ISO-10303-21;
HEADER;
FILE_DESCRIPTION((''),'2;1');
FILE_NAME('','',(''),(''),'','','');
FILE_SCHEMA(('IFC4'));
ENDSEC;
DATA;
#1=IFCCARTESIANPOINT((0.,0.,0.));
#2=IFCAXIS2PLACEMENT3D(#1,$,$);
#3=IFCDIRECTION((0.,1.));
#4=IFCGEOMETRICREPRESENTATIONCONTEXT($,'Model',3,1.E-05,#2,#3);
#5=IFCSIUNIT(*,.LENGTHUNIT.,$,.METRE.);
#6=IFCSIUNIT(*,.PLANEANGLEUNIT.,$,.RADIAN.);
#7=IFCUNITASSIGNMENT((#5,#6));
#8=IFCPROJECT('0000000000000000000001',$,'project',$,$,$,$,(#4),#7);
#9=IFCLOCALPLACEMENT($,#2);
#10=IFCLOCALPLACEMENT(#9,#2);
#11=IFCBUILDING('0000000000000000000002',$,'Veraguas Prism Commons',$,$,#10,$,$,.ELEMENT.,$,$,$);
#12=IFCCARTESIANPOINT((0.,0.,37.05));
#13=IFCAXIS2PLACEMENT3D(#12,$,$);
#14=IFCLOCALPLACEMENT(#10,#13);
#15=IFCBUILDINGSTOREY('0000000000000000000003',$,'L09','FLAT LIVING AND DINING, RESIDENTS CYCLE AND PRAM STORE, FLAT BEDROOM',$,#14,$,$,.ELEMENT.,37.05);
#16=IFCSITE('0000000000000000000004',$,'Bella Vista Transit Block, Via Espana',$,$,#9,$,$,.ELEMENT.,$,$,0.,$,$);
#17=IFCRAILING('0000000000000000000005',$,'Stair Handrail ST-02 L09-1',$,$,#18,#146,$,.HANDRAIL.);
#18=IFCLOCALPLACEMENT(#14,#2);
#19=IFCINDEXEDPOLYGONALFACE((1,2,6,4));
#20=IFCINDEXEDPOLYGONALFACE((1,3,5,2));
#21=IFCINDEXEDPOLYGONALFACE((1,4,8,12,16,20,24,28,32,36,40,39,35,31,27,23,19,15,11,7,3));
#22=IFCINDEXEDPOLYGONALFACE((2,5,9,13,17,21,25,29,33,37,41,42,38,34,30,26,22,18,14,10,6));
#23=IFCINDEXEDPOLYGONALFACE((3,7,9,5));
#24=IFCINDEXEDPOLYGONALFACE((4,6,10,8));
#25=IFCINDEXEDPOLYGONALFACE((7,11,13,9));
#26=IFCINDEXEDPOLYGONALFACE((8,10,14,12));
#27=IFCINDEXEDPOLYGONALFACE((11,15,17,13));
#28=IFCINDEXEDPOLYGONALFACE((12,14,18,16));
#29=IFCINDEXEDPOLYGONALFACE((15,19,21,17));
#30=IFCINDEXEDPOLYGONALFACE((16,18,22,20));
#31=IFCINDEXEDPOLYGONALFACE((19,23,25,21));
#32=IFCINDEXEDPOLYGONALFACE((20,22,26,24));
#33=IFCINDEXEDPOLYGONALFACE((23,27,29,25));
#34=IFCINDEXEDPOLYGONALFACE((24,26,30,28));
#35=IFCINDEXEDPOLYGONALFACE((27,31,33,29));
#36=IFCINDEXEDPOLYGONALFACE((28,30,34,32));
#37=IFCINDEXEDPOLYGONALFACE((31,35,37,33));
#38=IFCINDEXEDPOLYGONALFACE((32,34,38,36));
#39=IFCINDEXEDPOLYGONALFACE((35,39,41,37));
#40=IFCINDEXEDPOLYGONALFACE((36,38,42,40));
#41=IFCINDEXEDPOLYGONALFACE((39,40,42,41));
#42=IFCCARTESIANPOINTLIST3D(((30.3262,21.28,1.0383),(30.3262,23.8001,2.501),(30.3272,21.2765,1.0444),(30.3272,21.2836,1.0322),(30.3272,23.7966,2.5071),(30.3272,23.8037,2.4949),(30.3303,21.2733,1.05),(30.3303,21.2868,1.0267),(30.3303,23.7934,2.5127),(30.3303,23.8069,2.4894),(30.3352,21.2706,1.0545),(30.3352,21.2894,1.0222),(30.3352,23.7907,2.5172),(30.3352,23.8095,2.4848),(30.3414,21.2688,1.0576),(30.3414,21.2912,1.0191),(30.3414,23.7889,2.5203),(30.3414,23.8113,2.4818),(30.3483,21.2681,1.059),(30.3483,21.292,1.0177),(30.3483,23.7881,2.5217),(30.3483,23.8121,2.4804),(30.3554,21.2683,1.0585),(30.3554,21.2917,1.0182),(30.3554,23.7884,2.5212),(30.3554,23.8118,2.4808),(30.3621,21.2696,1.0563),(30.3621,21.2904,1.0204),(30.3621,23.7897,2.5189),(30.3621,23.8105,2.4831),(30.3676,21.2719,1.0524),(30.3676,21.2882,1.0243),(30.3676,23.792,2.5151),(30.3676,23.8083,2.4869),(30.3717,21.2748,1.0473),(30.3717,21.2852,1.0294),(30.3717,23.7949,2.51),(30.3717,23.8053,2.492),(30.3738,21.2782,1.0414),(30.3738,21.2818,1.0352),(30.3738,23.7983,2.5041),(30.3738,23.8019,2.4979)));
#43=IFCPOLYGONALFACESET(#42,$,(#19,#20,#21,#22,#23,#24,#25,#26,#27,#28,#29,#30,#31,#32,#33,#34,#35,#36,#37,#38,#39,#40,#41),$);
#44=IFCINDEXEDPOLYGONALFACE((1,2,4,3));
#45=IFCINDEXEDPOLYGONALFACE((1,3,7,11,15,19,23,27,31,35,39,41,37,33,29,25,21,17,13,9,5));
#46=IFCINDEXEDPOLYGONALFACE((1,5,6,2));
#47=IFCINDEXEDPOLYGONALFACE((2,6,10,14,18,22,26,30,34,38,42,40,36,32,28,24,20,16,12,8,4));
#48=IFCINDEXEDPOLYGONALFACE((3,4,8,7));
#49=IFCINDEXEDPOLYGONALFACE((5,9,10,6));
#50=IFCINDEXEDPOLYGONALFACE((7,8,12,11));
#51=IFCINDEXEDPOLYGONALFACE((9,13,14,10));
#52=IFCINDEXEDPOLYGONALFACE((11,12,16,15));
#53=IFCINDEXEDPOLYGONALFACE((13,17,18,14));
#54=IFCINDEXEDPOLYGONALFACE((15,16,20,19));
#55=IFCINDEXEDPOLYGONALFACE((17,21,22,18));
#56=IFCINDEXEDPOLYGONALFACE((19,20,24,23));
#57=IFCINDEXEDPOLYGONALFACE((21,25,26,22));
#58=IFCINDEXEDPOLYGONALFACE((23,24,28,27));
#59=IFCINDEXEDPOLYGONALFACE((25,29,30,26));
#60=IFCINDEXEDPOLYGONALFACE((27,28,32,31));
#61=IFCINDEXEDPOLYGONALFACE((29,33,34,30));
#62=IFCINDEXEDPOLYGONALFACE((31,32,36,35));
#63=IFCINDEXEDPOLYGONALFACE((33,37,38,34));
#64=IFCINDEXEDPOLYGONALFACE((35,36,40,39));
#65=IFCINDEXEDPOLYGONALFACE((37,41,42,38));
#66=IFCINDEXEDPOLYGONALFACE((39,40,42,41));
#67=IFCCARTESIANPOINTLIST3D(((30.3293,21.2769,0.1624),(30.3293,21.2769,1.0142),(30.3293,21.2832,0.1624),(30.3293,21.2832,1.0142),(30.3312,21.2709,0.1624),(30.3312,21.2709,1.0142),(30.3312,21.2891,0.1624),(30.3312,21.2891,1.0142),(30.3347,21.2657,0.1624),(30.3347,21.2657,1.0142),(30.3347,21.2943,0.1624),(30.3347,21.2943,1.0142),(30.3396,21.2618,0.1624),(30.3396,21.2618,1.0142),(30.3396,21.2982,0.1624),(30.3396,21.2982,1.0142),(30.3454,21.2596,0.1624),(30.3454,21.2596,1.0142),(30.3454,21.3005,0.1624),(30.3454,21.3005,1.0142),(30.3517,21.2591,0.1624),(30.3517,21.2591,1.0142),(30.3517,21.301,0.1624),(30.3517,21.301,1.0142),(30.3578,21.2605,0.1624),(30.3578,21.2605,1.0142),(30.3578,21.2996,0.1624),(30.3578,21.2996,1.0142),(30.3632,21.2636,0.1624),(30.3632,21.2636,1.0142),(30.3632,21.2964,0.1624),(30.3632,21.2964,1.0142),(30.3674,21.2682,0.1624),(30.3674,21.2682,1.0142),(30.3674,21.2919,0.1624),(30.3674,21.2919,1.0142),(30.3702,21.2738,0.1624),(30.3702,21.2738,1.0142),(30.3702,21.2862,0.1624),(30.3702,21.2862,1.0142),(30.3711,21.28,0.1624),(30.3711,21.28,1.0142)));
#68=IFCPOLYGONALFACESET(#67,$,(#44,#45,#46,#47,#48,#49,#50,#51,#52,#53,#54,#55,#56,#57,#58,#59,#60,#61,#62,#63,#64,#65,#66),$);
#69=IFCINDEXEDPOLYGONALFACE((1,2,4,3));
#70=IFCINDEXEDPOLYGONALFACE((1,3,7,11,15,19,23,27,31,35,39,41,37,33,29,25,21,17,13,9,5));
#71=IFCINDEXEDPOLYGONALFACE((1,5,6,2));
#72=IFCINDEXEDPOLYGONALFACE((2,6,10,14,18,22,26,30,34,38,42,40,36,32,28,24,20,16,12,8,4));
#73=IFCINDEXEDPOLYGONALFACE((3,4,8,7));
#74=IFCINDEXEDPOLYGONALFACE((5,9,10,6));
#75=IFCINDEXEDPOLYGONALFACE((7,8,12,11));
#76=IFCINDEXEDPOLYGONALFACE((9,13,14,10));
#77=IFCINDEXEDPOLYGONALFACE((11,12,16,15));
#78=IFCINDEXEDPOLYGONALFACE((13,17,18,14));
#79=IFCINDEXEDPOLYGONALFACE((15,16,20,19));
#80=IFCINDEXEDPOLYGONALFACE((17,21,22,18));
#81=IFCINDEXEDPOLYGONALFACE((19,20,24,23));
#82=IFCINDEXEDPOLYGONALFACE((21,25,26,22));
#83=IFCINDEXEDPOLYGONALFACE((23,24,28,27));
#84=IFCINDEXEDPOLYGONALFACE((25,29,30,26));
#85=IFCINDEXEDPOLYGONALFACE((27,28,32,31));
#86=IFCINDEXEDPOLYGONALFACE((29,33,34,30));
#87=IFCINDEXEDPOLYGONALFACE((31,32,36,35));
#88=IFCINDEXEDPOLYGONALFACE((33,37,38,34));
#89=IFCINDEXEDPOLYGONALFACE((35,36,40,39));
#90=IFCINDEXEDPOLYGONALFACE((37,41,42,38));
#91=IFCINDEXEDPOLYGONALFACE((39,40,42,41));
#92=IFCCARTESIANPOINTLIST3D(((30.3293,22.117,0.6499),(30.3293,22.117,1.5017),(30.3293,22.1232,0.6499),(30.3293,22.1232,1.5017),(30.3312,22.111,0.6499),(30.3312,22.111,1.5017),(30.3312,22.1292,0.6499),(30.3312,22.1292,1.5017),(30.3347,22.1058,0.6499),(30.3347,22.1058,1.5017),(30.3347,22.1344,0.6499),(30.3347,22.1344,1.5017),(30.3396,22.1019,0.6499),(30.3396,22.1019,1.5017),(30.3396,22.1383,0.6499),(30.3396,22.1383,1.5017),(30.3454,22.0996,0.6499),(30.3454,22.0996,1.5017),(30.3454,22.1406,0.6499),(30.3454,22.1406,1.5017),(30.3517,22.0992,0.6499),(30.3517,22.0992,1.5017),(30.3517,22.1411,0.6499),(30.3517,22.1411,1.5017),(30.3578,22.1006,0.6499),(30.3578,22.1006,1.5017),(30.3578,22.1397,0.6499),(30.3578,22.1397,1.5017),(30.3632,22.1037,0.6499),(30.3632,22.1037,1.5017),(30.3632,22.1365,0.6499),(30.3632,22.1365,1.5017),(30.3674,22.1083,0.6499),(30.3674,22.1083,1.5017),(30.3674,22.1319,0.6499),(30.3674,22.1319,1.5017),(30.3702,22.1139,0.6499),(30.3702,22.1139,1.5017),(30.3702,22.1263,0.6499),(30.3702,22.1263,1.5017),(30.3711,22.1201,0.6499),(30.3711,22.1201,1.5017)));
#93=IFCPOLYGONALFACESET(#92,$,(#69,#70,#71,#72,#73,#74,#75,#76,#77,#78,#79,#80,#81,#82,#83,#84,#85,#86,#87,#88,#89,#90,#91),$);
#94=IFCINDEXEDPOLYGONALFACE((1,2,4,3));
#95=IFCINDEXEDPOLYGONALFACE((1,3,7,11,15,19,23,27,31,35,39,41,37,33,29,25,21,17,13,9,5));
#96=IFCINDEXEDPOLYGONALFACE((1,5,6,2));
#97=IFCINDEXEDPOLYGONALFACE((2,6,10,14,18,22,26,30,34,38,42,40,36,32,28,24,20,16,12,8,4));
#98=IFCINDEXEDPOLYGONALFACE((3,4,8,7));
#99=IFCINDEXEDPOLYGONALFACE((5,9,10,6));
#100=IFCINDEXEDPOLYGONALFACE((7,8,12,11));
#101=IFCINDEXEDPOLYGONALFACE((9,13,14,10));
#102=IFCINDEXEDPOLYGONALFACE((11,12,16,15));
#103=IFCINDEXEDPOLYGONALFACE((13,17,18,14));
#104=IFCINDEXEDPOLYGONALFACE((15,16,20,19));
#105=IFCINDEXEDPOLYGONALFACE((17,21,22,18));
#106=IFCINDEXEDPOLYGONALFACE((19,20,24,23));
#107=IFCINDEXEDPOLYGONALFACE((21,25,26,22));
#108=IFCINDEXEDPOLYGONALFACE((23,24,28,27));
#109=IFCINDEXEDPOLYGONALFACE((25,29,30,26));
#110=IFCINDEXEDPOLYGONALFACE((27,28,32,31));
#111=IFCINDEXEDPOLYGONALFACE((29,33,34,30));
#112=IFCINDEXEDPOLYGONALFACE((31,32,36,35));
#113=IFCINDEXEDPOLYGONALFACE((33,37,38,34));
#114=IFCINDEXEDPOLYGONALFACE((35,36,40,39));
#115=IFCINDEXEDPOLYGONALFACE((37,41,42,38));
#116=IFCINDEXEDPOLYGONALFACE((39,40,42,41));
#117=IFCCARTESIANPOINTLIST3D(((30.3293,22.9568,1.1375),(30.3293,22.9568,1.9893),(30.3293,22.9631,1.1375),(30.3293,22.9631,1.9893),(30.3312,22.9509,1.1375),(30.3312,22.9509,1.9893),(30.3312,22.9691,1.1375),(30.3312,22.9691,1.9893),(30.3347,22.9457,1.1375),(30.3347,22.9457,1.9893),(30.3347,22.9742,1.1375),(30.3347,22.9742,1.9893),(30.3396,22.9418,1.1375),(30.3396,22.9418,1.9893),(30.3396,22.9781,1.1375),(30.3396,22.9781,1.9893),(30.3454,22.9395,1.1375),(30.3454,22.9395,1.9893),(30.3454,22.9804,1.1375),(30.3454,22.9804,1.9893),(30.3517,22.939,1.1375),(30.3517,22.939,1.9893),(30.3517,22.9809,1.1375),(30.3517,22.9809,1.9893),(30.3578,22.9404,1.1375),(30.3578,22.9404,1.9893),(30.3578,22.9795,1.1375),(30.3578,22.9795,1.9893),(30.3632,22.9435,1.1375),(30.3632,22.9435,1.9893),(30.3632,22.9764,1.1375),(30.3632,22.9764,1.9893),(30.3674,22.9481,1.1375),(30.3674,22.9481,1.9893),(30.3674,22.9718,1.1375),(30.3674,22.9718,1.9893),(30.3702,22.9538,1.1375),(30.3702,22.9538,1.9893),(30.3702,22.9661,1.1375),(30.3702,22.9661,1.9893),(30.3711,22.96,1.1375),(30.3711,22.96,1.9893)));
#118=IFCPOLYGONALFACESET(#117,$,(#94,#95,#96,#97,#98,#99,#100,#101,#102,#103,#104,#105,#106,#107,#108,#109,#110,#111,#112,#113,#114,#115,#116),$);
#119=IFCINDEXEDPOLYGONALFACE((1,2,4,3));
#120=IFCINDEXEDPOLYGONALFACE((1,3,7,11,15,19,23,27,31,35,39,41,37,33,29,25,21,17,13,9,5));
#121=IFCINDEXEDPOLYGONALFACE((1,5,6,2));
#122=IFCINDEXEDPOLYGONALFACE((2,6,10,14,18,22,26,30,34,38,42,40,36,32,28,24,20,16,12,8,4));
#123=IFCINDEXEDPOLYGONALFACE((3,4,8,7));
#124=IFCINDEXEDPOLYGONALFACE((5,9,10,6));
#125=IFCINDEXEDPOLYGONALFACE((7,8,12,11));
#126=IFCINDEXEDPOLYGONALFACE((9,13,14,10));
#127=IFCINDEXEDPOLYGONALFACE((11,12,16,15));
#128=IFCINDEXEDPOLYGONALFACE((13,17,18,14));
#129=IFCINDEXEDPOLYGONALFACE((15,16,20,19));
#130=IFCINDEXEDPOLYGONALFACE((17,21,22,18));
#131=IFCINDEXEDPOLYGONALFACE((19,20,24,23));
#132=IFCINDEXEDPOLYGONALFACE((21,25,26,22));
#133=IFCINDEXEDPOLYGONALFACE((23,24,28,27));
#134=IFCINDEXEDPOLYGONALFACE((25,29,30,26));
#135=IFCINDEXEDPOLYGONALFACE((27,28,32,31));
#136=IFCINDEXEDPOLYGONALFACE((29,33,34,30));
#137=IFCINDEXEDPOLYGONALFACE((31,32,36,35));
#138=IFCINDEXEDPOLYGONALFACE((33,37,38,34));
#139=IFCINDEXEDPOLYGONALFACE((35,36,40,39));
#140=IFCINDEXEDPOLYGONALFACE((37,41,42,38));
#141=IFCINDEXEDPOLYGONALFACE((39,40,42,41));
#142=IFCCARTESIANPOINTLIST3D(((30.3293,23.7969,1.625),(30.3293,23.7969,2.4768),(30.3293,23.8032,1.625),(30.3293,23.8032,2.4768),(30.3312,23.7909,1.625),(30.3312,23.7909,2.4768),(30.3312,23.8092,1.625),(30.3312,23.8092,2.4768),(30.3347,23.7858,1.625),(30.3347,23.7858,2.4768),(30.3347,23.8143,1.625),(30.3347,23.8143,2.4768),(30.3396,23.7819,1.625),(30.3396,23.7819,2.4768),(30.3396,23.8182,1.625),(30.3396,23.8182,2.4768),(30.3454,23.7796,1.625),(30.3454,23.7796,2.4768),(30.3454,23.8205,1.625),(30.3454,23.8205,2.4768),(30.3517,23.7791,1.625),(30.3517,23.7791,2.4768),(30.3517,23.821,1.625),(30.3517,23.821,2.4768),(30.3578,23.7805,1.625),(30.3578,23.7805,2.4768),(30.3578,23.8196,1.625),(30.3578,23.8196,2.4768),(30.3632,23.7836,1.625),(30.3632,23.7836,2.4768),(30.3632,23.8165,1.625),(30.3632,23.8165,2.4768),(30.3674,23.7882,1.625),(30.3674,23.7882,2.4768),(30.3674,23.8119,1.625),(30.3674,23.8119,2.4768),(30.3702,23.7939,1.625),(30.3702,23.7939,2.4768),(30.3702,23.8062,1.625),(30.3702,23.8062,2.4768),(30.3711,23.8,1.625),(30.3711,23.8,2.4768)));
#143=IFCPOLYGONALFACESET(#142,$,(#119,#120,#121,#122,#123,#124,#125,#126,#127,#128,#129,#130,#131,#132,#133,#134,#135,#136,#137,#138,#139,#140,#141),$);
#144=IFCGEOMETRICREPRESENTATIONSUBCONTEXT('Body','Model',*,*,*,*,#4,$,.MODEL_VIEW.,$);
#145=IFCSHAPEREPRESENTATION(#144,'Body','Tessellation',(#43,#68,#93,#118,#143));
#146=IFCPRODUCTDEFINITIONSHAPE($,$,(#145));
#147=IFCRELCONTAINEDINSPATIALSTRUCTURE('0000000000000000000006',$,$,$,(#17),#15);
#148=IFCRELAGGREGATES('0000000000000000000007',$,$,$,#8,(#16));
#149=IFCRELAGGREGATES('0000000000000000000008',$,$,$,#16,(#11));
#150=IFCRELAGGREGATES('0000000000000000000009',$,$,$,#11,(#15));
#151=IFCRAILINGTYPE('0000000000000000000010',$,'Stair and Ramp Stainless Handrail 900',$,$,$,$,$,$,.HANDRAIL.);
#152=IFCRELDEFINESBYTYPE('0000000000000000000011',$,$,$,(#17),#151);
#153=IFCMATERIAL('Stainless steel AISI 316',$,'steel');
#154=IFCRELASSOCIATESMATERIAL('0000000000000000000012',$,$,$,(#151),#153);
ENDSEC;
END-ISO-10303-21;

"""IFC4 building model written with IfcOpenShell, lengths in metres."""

from ifc_helpers import new_model, si_unit, direction, frame, origin, origin_2d, place, context, subcontext, project, spatial, circle, extrude, material, type_object, element, save


model = new_model("IFC4")

# Units and contexts
model_context = context("Model", 3, precision=1e-05, world=origin(), true_north=direction((0.0, 1.0)))
body_context = subcontext(model_context, "Body", "Model", "MODEL_VIEW")
ifc_project = project(units=[si_unit("LENGTHUNIT", "METRE"), si_unit("PLANEANGLEUNIT", "RADIAN")], contexts=[model_context])

# Site, building, storey
site_placement = place(None, origin())
site = spatial("IfcSite", under=ifc_project, at=site_placement, Name="Bella Vista Transit Block, Via Espana", CompositionType="ELEMENT", RefElevation=0.0)
building_placement = place(site_placement, origin())
building = spatial("IfcBuilding", under=site, at=building_placement, Name="Veraguas Prism Commons", CompositionType="ELEMENT")
storey_placement = place(building_placement, frame((0.0, 0.0, 37.05)))
storey = spatial("IfcBuildingStorey", under=building, at=storey_placement, Name="L09", Description="FLAT LIVING AND DINING, RESIDENTS CYCLE AND PRAM STORE, FLAT BEDROOM", CompositionType="ELEMENT", Elevation=37.05)

# Shared definitions
ifc_material_1 = material(Name="Stainless steel AISI 316", Category="steel")

# Railing
railing_type_1 = type_object("IfcRailingType", Name="Stair and Ramp Stainless Handrail 900", PredefinedType="HANDRAIL", material=ifc_material_1)
railing_1_placement = place(storey_placement, frame((30.3501, 21.28, 0.1624)))
element("IfcRailing", 1, at=railing_1_placement, inside=storey, type_object=railing_type_1, Name="Stair Handrail ST-02 L09-1", PredefinedType="HANDRAIL", context=body_context, shape_type="SweptSolid", body=[
    extrude(circle(Radius=0.0239, at=origin_2d()), frame((0.0, 0.0, 0.876), z_axis=(0.0, 0.864877, 0.501984), x_axis=(-1.0, 0.0, 0.0)), (0.0, 0.0, 1.0), 2.9138),
    extrude(circle(Radius=0.021, at=origin_2d()), origin(), (0.0, 0.0, 1.0), 0.8518),
    extrude(circle(Radius=0.021, at=origin_2d()), frame((0.0, 0.8401, 0.4875)), (0.0, 0.0, 1.0), 0.8518),
    extrude(circle(Radius=0.021, at=origin_2d()), frame((0.0, 1.6799, 0.9751)), (0.0, 0.0, 1.0), 0.8518),
    extrude(circle(Radius=0.021, at=origin_2d()), frame((0.0, 2.52, 1.4626)), (0.0, 0.0, 1.0), 0.8518),
])

save(model, "model.ifc")
